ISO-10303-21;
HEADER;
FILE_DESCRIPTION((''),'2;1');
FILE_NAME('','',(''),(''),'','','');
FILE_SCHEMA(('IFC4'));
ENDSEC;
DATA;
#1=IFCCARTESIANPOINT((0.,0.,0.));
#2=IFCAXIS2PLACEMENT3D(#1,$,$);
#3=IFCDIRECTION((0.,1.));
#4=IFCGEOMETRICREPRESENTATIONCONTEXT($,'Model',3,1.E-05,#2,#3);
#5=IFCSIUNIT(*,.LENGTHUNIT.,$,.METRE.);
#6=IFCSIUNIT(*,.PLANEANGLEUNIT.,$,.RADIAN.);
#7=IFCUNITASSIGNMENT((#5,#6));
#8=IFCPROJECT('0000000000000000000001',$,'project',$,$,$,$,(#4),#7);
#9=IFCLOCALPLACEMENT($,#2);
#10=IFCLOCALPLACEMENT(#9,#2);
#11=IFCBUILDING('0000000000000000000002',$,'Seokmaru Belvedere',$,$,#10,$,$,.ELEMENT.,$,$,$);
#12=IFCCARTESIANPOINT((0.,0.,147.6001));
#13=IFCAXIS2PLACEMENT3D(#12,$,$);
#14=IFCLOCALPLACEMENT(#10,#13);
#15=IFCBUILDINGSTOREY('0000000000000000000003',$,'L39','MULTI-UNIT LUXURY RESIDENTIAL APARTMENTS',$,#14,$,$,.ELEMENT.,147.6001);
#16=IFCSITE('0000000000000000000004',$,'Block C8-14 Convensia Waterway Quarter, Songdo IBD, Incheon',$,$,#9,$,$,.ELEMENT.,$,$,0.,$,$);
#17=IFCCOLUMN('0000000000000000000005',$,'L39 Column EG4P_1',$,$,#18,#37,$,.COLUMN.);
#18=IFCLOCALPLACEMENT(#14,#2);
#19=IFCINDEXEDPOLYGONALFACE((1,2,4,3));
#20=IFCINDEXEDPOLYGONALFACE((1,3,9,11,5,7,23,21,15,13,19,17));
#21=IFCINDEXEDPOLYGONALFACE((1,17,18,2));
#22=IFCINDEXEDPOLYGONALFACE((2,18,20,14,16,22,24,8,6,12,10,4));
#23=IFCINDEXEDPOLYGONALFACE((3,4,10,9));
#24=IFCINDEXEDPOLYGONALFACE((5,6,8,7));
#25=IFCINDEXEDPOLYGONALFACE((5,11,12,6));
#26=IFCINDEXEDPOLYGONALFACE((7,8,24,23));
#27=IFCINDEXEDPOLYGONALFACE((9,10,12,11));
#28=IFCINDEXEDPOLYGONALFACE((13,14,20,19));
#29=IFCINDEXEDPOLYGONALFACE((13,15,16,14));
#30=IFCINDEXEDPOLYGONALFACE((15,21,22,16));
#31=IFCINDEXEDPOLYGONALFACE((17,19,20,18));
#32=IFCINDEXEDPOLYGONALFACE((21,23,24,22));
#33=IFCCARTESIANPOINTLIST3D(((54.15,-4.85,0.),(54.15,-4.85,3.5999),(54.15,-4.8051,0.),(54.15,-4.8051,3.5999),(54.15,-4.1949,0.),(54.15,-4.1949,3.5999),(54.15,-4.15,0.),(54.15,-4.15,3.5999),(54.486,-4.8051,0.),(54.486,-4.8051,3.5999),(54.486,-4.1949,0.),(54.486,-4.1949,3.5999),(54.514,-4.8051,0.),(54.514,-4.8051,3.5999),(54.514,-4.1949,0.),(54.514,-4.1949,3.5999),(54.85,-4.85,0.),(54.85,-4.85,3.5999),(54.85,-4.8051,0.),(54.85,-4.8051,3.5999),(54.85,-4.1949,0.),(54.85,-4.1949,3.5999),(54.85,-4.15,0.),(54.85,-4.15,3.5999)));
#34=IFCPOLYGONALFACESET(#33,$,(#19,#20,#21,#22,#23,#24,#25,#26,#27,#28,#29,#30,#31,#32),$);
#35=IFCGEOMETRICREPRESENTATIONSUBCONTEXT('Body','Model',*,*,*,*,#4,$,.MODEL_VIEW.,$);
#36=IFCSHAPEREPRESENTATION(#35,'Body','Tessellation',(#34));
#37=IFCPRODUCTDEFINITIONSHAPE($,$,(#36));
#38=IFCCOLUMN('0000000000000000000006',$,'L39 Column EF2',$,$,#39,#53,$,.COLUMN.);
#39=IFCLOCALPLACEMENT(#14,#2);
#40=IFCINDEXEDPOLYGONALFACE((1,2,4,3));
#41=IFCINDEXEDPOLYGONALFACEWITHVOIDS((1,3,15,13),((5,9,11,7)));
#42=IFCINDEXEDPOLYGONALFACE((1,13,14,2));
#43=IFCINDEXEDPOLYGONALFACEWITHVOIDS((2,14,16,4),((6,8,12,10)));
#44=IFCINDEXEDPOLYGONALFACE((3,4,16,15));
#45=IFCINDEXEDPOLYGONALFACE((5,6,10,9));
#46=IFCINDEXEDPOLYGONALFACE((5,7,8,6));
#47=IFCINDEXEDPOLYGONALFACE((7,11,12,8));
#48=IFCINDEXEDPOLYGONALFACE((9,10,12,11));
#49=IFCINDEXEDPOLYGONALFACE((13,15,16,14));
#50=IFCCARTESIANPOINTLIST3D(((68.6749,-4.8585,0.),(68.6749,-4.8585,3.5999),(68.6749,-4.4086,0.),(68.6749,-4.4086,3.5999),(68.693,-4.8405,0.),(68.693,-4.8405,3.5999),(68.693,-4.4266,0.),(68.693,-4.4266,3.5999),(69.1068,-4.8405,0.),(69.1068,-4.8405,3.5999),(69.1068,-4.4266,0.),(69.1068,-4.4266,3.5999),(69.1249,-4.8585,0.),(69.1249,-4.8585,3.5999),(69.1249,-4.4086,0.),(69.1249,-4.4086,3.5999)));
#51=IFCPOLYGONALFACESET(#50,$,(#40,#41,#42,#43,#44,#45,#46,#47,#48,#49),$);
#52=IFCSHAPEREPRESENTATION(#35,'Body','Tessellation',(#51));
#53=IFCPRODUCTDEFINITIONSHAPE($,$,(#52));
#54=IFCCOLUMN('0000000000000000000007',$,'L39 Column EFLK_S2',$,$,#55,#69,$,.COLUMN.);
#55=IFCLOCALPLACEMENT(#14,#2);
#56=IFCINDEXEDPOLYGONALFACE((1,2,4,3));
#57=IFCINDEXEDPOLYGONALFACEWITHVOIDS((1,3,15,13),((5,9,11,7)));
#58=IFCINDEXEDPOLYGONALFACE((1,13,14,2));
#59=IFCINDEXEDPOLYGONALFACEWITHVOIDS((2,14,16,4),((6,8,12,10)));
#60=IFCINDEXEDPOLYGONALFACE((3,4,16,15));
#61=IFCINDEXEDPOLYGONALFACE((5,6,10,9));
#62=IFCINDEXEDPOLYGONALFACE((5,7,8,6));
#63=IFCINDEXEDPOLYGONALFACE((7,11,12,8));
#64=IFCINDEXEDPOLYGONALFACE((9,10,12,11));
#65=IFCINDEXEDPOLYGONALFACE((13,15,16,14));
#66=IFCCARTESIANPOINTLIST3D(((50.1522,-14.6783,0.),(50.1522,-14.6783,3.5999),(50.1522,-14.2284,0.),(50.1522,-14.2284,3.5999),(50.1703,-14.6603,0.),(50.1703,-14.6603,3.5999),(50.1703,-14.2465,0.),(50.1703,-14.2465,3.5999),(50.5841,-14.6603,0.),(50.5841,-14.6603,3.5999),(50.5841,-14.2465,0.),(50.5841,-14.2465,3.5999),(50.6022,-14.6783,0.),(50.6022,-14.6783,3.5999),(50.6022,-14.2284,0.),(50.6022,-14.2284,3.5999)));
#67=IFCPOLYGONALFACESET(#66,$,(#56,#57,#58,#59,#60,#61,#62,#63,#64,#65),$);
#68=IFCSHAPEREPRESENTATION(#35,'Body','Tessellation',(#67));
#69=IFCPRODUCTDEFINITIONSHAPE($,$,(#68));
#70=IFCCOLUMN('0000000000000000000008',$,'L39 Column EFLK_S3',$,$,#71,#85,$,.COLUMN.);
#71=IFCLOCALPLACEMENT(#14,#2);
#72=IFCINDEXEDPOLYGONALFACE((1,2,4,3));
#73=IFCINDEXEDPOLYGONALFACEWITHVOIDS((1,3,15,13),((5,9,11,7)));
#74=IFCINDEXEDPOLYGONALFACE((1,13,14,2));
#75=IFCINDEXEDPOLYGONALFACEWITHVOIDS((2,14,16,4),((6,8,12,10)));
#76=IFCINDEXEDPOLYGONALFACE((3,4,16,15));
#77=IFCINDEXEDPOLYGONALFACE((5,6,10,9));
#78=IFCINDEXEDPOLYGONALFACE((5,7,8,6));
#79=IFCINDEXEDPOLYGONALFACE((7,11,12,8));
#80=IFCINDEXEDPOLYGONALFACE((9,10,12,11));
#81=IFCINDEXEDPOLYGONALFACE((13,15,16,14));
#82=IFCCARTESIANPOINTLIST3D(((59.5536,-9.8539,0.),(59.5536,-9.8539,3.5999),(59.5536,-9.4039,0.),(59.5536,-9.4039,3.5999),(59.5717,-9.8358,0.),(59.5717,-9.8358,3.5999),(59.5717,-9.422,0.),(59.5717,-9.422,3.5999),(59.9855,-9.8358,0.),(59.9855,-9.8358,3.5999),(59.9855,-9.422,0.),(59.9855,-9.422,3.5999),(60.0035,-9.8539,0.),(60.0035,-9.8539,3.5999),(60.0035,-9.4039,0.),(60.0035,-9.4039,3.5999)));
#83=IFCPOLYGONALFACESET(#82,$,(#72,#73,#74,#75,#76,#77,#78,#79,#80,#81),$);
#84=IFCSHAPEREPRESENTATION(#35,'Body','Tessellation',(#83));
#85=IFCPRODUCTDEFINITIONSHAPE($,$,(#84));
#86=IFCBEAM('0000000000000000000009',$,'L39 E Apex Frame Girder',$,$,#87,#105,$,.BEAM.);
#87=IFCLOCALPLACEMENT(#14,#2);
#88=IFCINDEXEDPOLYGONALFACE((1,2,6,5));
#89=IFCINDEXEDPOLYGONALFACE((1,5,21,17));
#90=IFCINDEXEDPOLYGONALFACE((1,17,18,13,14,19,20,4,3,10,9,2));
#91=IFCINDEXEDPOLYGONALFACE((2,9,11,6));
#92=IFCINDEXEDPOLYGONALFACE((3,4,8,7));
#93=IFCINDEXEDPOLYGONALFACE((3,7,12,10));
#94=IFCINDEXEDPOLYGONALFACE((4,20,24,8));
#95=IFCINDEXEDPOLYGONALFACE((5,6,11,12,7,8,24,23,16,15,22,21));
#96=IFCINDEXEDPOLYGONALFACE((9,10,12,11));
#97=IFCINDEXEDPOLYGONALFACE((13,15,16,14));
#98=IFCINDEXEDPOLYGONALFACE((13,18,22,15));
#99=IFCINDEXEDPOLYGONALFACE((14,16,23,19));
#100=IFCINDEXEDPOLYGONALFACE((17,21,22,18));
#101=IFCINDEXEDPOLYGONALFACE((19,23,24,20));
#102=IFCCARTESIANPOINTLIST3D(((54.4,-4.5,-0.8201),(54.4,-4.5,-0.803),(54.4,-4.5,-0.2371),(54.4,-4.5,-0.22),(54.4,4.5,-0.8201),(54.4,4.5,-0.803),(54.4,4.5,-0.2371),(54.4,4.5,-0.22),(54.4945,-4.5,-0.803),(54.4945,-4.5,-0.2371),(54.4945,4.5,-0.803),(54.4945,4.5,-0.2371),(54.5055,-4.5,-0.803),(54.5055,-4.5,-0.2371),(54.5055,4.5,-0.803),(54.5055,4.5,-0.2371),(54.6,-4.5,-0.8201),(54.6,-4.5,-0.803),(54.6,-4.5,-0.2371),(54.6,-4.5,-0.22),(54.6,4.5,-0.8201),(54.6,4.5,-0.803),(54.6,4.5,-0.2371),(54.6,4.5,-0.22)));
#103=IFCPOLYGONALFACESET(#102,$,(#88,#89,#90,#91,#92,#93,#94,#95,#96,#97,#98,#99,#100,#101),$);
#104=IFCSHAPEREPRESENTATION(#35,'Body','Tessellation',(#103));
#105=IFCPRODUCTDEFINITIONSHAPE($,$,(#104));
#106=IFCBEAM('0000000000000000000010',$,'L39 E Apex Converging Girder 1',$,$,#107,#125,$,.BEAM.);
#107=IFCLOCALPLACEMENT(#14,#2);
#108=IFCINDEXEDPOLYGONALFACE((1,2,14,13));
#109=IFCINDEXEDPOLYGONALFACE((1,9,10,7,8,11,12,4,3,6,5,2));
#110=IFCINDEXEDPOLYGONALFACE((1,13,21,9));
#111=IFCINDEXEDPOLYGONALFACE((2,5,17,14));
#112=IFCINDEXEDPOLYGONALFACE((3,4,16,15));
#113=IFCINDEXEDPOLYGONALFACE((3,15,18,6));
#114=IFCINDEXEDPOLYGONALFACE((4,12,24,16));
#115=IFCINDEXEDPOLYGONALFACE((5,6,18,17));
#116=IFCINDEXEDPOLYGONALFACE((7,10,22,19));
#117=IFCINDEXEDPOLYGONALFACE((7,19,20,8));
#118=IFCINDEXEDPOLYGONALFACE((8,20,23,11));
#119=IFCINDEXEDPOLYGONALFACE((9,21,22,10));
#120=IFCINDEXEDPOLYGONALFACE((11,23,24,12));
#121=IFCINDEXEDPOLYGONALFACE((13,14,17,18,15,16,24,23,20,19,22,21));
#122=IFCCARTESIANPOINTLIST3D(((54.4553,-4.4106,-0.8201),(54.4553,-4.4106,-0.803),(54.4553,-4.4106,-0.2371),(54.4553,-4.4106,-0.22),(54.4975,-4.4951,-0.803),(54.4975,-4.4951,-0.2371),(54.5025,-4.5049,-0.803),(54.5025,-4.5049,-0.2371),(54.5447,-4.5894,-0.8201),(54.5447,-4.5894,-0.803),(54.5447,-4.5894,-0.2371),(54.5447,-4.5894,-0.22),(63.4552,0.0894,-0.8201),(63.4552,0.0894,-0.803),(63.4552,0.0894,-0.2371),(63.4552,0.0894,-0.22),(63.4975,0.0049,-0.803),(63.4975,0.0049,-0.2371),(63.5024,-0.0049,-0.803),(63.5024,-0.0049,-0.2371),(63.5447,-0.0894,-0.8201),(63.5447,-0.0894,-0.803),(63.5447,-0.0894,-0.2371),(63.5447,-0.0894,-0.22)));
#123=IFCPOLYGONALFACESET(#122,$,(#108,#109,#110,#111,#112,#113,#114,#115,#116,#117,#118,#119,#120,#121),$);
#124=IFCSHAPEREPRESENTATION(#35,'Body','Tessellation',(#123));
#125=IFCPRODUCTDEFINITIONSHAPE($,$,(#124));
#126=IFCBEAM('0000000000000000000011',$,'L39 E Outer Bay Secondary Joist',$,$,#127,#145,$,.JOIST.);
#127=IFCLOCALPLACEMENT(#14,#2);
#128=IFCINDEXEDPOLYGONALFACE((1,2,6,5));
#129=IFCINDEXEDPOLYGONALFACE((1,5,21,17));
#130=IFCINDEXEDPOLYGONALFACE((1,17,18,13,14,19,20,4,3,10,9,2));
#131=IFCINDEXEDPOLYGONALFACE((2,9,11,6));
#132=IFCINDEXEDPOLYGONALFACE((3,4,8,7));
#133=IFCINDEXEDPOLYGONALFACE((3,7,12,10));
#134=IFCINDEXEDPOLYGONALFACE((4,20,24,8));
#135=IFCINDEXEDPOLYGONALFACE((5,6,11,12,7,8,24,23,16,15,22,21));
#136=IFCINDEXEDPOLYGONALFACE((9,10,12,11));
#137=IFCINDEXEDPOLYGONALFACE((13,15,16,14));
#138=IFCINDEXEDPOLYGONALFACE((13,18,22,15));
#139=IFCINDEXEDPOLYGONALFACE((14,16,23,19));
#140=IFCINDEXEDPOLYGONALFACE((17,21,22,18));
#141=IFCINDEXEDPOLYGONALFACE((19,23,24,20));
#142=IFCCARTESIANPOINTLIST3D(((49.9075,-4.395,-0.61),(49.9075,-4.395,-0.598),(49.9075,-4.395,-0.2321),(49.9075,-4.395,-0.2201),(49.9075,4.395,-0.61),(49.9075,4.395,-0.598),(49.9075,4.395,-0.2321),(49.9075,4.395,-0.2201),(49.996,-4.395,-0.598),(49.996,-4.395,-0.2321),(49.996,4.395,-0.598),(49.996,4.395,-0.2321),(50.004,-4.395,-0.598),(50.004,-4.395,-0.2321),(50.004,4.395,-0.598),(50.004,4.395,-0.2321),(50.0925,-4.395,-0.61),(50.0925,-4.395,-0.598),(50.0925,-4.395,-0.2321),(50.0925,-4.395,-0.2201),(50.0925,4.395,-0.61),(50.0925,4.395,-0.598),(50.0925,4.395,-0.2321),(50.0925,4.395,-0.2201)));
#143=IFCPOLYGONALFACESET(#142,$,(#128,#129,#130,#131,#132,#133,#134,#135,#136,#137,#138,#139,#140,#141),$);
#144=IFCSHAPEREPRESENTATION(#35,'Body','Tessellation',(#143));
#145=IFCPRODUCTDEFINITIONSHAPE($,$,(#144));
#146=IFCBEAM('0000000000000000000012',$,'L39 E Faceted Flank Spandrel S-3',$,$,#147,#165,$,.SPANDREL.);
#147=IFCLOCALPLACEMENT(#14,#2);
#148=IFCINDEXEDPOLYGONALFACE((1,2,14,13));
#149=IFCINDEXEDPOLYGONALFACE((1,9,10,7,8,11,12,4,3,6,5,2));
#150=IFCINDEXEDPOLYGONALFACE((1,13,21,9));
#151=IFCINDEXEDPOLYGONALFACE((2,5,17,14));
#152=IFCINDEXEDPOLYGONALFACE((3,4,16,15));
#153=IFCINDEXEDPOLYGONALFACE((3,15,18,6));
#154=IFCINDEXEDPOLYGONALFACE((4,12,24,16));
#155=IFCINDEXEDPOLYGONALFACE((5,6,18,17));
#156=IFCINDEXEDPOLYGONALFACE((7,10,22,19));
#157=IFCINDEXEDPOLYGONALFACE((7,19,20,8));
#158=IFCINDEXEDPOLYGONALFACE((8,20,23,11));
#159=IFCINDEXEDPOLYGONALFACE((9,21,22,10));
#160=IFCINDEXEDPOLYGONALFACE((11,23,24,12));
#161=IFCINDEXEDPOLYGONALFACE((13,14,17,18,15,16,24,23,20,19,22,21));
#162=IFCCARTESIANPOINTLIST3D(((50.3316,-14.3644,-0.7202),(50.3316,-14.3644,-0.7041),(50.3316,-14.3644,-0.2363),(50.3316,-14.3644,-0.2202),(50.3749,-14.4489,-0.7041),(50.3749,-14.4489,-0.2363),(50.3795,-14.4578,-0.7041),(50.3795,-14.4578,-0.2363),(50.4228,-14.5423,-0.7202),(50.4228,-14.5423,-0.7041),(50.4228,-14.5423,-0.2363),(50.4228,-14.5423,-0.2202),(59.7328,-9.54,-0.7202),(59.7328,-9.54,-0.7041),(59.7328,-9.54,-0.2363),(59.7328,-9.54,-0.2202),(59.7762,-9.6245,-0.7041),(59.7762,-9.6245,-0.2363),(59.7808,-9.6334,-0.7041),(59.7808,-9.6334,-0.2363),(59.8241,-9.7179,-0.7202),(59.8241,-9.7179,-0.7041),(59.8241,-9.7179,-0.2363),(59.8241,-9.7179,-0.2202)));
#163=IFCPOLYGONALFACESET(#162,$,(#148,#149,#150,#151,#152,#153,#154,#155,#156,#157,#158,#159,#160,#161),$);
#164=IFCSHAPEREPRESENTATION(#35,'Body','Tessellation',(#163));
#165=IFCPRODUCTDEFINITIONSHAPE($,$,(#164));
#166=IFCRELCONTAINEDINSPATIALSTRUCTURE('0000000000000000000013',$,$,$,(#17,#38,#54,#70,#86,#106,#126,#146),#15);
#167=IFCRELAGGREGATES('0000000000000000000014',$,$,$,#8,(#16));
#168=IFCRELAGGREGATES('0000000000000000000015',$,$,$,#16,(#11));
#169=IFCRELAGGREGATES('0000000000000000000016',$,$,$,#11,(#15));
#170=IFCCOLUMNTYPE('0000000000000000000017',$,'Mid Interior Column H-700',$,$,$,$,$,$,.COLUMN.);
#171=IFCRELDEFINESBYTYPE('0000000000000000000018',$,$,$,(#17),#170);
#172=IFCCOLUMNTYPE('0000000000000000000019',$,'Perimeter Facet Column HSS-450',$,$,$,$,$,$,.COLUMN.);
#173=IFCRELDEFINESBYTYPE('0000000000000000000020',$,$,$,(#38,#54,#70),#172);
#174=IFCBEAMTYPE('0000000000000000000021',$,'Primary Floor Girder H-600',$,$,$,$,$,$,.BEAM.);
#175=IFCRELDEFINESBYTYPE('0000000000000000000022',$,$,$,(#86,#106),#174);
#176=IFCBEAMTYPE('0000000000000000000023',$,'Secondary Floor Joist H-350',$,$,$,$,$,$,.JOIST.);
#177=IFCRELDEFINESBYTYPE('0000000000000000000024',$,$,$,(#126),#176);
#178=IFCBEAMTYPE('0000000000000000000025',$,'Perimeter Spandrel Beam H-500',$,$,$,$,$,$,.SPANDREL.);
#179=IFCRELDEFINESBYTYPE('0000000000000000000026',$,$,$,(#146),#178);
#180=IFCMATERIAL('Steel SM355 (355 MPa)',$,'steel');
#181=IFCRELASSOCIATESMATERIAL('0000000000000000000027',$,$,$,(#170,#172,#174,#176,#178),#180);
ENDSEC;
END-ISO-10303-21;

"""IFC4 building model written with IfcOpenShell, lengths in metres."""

from ifc_helpers import new_model, si_unit, direction, frame, origin, origin_2d, place, context, subcontext, project, spatial, hollow_rectangle, i_section, extrude, source, transform, mapped, material, material_profile, profile_set, type_object, type_shapes, element, save


model = new_model("IFC4")

# Units and contexts
model_context = context("Model", 3, precision=1e-05, world=origin(), true_north=direction((0.0, 1.0)))
body_context = subcontext(model_context, "Body", "Model", "MODEL_VIEW")
ifc_project = project(units=[si_unit("LENGTHUNIT", "METRE"), si_unit("PLANEANGLEUNIT", "RADIAN")], contexts=[model_context])

# Site, building, storey
site_placement = place(None, origin())
site = spatial("IfcSite", under=ifc_project, at=site_placement, Name="Block C8-14 Convensia Waterway Quarter, Songdo IBD, Incheon", CompositionType="ELEMENT", RefElevation=0.0)
building_placement = place(site_placement, origin())
building = spatial("IfcBuilding", under=site, at=building_placement, Name="Seokmaru Belvedere", CompositionType="ELEMENT")
storey_placement = place(building_placement, frame((0.0, 0.0, 147.6001)))
storey = spatial("IfcBuildingStorey", under=building, at=storey_placement, Name="L39", Description="MULTI-UNIT LUXURY RESIDENTIAL APARTMENTS", CompositionType="ELEMENT", Elevation=147.6001)

# Columns
ifc_material_1 = material(Name="Steel SM355 (355 MPa)", Category="steel")
ifc_material_profile_1 = material_profile(ifc_material_1, i_section(OverallWidth=0.7, OverallDepth=0.7, WebThickness=0.0281, FlangeThickness=0.0449, at=origin_2d()), Name="H-700x700x28x45")
ifc_profile_set_1 = profile_set([ifc_material_profile_1], Name="Steel SM355 (355 MPa)")
column_type_1 = type_object("IfcColumnType", Name="Mid Interior Column H-700", PredefinedType="COLUMN", material=ifc_profile_set_1)
shared_shape_1 = source(origin(), body_context, "Body", "SweptSolid", [
    extrude(i_section(OverallWidth=0.7, OverallDepth=0.7, WebThickness=0.0281, FlangeThickness=0.0449, at=origin_2d()), origin(), (0.0, 0.0, 1.0), 3.5999),
])
type_shapes(column_type_1, [shared_shape_1])
column_placement = place(storey_placement, frame((54.5, -4.5, 0.0), z_axis=(0.0, 0.0, 1.0), x_axis=(1.0, 0.0, 0.0)))
element("IfcColumn", 1, at=column_placement, inside=storey, type_object=column_type_1, Name="L39 Column EG4P_1", PredefinedType="COLUMN", context=body_context, shape_type="MappedRepresentation", body=[
    mapped(shared_shape_1, transform((0.0, 0.0, 0.0), scale=1.0)),
])
ifc_material_profile_2 = material_profile(ifc_material_1, hollow_rectangle(XDim=0.45, YDim=0.45, WallThickness=0.0181, at=origin_2d()), Name="HSS-450x450x18")
ifc_profile_set_2 = profile_set([ifc_material_profile_2], Name="Steel SM355 (355 MPa)")
column_type_2 = type_object("IfcColumnType", Name="Perimeter Facet Column HSS-450", PredefinedType="COLUMN", material=ifc_profile_set_2)
shared_shape_2 = source(origin(), body_context, "Body", "SweptSolid", [
    extrude(hollow_rectangle(XDim=0.45, YDim=0.45, WallThickness=0.0181, at=origin_2d()), origin(), (0.0, 0.0, 1.0), 3.5999),
])
type_shapes(column_type_2, [shared_shape_2])
for number, where, z_axis, x_axis, name in (
    (2, (68.8999, -4.6335, 0.0), (0.0, 0.0, 1.0), (1.0, 0.0, 0.0), "L39 Column EF2"),
    (3, (50.3772, -14.4534, 0.0), (0.0, 0.0, 1.0), (1.0, 0.0, 0.0), "L39 Column EFLK_S2"),
    (4, (59.7786, -9.6289, 0.0), (0.0, 0.0, 1.0), (1.0, 0.0, 0.0), "L39 Column EFLK_S3"),
):
    element("IfcColumn", number, at=place(storey_placement, frame(where, z_axis=z_axis, x_axis=x_axis)), inside=storey, type_object=column_type_2, Name=name, PredefinedType="COLUMN", context=body_context, shape_type="MappedRepresentation", body=[
        mapped(shared_shape_2, transform((0.0, 0.0, 0.0), scale=1.0)),
    ])

# Beams
ifc_material_profile_3 = material_profile(ifc_material_1, i_section(OverallWidth=0.2, OverallDepth=0.6001, WebThickness=0.011, FlangeThickness=0.0171, at=origin_2d()), Name="H-600x200x11x17")
ifc_profile_set_3 = profile_set([ifc_material_profile_3], Name="Steel SM355 (355 MPa)")
beam_type_1 = type_object("IfcBeamType", Name="Primary Floor Girder H-600", PredefinedType="BEAM", material=ifc_profile_set_3)
shared_shape_3 = source(origin(), body_context, "Body", "SweptSolid", [
    extrude(i_section(OverallWidth=0.2, OverallDepth=0.6001, WebThickness=0.011, FlangeThickness=0.0171, at=origin_2d()), origin(), (0.0, 0.0, 1.0), 9.0),
])
beam_1_placement = place(storey_placement, frame((54.5, -4.5, -0.52), z_axis=(0.0, 1.0, 0.0), x_axis=(-1.0, 0.0, 0.0)))
element("IfcBeam", 5, at=beam_1_placement, inside=storey, type_object=beam_type_1, Name="L39 E Apex Frame Girder", PredefinedType="BEAM", context=body_context, shape_type="MappedRepresentation", body=[
    mapped(shared_shape_3, transform((0.0, 0.0, 0.0), scale=1.0)),
])
shared_shape_4 = source(origin(), body_context, "Body", "SweptSolid", [
    extrude(i_section(OverallWidth=0.2, OverallDepth=0.6001, WebThickness=0.011, FlangeThickness=0.0171, at=origin_2d()), origin(), (0.0, 0.0, 1.0), 10.0623),
])
beam_2_placement = place(storey_placement, frame((54.5, -4.5, -0.52), z_axis=(0.894427, 0.447214, 0.0), x_axis=(-0.447214, 0.894427, 0.0)))
element("IfcBeam", 6, at=beam_2_placement, inside=storey, type_object=beam_type_1, Name="L39 E Apex Converging Girder 1", PredefinedType="BEAM", context=body_context, shape_type="MappedRepresentation", body=[
    mapped(shared_shape_4, transform((0.0, 0.0, 0.0), scale=1.0)),
])
ifc_material_profile_4 = material_profile(ifc_material_1, i_section(OverallWidth=0.1851, OverallDepth=0.3899, WebThickness=0.0081, FlangeThickness=0.012, at=origin_2d()), Name="H-390x185x8x12")
ifc_profile_set_4 = profile_set([ifc_material_profile_4], Name="Steel SM355 (355 MPa)")
beam_type_2 = type_object("IfcBeamType", Name="Secondary Floor Joist H-350", PredefinedType="JOIST", material=ifc_profile_set_4)
shared_shape_5 = source(origin(), body_context, "Body", "SweptSolid", [
    extrude(i_section(OverallWidth=0.1851, OverallDepth=0.3899, WebThickness=0.0081, FlangeThickness=0.012, at=origin_2d()), origin(), (0.0, 0.0, 1.0), 8.79),
])
type_shapes(beam_type_2, [shared_shape_5])
beam_3_placement = place(storey_placement, frame((50.0, -4.395, -0.415), z_axis=(0.0, 1.0, 0.0), x_axis=(-1.0, 0.0, 0.0)))
element("IfcBeam", 7, at=beam_3_placement, inside=storey, type_object=beam_type_2, Name="L39 E Outer Bay Secondary Joist", PredefinedType="JOIST", context=body_context, shape_type="MappedRepresentation", body=[
    mapped(shared_shape_5, transform((0.0, 0.0, 0.0), scale=1.0)),
])
ifc_material_profile_5 = material_profile(ifc_material_1, i_section(OverallWidth=0.2, OverallDepth=0.5, WebThickness=0.01, FlangeThickness=0.0161, at=origin_2d()), Name="H-500x200x10x16")
ifc_profile_set_5 = profile_set([ifc_material_profile_5], Name="Steel SM355 (355 MPa)")
beam_type_3 = type_object("IfcBeamType", Name="Perimeter Spandrel Beam H-500", PredefinedType="SPANDREL", material=ifc_profile_set_5)
shared_shape_6 = source(origin(), body_context, "Body", "SweptSolid", [
    extrude(i_section(OverallWidth=0.2, OverallDepth=0.5, WebThickness=0.01, FlangeThickness=0.0161, at=origin_2d()), origin(), (0.0, 0.0, 1.0), 10.5669),
])
beam_4_placement = place(storey_placement, frame((50.3772, -14.4534, -0.4702), z_axis=(0.889693, 0.45656, 0.0), x_axis=(-0.45656, 0.889693, 0.0)))
element("IfcBeam", 8, at=beam_4_placement, inside=storey, type_object=beam_type_3, Name="L39 E Faceted Flank Spandrel S-3", PredefinedType="SPANDREL", context=body_context, shape_type="MappedRepresentation", body=[
    mapped(shared_shape_6, transform((0.0, 0.0, 0.0), scale=1.0)),
])

save(model, "model.ifc")
